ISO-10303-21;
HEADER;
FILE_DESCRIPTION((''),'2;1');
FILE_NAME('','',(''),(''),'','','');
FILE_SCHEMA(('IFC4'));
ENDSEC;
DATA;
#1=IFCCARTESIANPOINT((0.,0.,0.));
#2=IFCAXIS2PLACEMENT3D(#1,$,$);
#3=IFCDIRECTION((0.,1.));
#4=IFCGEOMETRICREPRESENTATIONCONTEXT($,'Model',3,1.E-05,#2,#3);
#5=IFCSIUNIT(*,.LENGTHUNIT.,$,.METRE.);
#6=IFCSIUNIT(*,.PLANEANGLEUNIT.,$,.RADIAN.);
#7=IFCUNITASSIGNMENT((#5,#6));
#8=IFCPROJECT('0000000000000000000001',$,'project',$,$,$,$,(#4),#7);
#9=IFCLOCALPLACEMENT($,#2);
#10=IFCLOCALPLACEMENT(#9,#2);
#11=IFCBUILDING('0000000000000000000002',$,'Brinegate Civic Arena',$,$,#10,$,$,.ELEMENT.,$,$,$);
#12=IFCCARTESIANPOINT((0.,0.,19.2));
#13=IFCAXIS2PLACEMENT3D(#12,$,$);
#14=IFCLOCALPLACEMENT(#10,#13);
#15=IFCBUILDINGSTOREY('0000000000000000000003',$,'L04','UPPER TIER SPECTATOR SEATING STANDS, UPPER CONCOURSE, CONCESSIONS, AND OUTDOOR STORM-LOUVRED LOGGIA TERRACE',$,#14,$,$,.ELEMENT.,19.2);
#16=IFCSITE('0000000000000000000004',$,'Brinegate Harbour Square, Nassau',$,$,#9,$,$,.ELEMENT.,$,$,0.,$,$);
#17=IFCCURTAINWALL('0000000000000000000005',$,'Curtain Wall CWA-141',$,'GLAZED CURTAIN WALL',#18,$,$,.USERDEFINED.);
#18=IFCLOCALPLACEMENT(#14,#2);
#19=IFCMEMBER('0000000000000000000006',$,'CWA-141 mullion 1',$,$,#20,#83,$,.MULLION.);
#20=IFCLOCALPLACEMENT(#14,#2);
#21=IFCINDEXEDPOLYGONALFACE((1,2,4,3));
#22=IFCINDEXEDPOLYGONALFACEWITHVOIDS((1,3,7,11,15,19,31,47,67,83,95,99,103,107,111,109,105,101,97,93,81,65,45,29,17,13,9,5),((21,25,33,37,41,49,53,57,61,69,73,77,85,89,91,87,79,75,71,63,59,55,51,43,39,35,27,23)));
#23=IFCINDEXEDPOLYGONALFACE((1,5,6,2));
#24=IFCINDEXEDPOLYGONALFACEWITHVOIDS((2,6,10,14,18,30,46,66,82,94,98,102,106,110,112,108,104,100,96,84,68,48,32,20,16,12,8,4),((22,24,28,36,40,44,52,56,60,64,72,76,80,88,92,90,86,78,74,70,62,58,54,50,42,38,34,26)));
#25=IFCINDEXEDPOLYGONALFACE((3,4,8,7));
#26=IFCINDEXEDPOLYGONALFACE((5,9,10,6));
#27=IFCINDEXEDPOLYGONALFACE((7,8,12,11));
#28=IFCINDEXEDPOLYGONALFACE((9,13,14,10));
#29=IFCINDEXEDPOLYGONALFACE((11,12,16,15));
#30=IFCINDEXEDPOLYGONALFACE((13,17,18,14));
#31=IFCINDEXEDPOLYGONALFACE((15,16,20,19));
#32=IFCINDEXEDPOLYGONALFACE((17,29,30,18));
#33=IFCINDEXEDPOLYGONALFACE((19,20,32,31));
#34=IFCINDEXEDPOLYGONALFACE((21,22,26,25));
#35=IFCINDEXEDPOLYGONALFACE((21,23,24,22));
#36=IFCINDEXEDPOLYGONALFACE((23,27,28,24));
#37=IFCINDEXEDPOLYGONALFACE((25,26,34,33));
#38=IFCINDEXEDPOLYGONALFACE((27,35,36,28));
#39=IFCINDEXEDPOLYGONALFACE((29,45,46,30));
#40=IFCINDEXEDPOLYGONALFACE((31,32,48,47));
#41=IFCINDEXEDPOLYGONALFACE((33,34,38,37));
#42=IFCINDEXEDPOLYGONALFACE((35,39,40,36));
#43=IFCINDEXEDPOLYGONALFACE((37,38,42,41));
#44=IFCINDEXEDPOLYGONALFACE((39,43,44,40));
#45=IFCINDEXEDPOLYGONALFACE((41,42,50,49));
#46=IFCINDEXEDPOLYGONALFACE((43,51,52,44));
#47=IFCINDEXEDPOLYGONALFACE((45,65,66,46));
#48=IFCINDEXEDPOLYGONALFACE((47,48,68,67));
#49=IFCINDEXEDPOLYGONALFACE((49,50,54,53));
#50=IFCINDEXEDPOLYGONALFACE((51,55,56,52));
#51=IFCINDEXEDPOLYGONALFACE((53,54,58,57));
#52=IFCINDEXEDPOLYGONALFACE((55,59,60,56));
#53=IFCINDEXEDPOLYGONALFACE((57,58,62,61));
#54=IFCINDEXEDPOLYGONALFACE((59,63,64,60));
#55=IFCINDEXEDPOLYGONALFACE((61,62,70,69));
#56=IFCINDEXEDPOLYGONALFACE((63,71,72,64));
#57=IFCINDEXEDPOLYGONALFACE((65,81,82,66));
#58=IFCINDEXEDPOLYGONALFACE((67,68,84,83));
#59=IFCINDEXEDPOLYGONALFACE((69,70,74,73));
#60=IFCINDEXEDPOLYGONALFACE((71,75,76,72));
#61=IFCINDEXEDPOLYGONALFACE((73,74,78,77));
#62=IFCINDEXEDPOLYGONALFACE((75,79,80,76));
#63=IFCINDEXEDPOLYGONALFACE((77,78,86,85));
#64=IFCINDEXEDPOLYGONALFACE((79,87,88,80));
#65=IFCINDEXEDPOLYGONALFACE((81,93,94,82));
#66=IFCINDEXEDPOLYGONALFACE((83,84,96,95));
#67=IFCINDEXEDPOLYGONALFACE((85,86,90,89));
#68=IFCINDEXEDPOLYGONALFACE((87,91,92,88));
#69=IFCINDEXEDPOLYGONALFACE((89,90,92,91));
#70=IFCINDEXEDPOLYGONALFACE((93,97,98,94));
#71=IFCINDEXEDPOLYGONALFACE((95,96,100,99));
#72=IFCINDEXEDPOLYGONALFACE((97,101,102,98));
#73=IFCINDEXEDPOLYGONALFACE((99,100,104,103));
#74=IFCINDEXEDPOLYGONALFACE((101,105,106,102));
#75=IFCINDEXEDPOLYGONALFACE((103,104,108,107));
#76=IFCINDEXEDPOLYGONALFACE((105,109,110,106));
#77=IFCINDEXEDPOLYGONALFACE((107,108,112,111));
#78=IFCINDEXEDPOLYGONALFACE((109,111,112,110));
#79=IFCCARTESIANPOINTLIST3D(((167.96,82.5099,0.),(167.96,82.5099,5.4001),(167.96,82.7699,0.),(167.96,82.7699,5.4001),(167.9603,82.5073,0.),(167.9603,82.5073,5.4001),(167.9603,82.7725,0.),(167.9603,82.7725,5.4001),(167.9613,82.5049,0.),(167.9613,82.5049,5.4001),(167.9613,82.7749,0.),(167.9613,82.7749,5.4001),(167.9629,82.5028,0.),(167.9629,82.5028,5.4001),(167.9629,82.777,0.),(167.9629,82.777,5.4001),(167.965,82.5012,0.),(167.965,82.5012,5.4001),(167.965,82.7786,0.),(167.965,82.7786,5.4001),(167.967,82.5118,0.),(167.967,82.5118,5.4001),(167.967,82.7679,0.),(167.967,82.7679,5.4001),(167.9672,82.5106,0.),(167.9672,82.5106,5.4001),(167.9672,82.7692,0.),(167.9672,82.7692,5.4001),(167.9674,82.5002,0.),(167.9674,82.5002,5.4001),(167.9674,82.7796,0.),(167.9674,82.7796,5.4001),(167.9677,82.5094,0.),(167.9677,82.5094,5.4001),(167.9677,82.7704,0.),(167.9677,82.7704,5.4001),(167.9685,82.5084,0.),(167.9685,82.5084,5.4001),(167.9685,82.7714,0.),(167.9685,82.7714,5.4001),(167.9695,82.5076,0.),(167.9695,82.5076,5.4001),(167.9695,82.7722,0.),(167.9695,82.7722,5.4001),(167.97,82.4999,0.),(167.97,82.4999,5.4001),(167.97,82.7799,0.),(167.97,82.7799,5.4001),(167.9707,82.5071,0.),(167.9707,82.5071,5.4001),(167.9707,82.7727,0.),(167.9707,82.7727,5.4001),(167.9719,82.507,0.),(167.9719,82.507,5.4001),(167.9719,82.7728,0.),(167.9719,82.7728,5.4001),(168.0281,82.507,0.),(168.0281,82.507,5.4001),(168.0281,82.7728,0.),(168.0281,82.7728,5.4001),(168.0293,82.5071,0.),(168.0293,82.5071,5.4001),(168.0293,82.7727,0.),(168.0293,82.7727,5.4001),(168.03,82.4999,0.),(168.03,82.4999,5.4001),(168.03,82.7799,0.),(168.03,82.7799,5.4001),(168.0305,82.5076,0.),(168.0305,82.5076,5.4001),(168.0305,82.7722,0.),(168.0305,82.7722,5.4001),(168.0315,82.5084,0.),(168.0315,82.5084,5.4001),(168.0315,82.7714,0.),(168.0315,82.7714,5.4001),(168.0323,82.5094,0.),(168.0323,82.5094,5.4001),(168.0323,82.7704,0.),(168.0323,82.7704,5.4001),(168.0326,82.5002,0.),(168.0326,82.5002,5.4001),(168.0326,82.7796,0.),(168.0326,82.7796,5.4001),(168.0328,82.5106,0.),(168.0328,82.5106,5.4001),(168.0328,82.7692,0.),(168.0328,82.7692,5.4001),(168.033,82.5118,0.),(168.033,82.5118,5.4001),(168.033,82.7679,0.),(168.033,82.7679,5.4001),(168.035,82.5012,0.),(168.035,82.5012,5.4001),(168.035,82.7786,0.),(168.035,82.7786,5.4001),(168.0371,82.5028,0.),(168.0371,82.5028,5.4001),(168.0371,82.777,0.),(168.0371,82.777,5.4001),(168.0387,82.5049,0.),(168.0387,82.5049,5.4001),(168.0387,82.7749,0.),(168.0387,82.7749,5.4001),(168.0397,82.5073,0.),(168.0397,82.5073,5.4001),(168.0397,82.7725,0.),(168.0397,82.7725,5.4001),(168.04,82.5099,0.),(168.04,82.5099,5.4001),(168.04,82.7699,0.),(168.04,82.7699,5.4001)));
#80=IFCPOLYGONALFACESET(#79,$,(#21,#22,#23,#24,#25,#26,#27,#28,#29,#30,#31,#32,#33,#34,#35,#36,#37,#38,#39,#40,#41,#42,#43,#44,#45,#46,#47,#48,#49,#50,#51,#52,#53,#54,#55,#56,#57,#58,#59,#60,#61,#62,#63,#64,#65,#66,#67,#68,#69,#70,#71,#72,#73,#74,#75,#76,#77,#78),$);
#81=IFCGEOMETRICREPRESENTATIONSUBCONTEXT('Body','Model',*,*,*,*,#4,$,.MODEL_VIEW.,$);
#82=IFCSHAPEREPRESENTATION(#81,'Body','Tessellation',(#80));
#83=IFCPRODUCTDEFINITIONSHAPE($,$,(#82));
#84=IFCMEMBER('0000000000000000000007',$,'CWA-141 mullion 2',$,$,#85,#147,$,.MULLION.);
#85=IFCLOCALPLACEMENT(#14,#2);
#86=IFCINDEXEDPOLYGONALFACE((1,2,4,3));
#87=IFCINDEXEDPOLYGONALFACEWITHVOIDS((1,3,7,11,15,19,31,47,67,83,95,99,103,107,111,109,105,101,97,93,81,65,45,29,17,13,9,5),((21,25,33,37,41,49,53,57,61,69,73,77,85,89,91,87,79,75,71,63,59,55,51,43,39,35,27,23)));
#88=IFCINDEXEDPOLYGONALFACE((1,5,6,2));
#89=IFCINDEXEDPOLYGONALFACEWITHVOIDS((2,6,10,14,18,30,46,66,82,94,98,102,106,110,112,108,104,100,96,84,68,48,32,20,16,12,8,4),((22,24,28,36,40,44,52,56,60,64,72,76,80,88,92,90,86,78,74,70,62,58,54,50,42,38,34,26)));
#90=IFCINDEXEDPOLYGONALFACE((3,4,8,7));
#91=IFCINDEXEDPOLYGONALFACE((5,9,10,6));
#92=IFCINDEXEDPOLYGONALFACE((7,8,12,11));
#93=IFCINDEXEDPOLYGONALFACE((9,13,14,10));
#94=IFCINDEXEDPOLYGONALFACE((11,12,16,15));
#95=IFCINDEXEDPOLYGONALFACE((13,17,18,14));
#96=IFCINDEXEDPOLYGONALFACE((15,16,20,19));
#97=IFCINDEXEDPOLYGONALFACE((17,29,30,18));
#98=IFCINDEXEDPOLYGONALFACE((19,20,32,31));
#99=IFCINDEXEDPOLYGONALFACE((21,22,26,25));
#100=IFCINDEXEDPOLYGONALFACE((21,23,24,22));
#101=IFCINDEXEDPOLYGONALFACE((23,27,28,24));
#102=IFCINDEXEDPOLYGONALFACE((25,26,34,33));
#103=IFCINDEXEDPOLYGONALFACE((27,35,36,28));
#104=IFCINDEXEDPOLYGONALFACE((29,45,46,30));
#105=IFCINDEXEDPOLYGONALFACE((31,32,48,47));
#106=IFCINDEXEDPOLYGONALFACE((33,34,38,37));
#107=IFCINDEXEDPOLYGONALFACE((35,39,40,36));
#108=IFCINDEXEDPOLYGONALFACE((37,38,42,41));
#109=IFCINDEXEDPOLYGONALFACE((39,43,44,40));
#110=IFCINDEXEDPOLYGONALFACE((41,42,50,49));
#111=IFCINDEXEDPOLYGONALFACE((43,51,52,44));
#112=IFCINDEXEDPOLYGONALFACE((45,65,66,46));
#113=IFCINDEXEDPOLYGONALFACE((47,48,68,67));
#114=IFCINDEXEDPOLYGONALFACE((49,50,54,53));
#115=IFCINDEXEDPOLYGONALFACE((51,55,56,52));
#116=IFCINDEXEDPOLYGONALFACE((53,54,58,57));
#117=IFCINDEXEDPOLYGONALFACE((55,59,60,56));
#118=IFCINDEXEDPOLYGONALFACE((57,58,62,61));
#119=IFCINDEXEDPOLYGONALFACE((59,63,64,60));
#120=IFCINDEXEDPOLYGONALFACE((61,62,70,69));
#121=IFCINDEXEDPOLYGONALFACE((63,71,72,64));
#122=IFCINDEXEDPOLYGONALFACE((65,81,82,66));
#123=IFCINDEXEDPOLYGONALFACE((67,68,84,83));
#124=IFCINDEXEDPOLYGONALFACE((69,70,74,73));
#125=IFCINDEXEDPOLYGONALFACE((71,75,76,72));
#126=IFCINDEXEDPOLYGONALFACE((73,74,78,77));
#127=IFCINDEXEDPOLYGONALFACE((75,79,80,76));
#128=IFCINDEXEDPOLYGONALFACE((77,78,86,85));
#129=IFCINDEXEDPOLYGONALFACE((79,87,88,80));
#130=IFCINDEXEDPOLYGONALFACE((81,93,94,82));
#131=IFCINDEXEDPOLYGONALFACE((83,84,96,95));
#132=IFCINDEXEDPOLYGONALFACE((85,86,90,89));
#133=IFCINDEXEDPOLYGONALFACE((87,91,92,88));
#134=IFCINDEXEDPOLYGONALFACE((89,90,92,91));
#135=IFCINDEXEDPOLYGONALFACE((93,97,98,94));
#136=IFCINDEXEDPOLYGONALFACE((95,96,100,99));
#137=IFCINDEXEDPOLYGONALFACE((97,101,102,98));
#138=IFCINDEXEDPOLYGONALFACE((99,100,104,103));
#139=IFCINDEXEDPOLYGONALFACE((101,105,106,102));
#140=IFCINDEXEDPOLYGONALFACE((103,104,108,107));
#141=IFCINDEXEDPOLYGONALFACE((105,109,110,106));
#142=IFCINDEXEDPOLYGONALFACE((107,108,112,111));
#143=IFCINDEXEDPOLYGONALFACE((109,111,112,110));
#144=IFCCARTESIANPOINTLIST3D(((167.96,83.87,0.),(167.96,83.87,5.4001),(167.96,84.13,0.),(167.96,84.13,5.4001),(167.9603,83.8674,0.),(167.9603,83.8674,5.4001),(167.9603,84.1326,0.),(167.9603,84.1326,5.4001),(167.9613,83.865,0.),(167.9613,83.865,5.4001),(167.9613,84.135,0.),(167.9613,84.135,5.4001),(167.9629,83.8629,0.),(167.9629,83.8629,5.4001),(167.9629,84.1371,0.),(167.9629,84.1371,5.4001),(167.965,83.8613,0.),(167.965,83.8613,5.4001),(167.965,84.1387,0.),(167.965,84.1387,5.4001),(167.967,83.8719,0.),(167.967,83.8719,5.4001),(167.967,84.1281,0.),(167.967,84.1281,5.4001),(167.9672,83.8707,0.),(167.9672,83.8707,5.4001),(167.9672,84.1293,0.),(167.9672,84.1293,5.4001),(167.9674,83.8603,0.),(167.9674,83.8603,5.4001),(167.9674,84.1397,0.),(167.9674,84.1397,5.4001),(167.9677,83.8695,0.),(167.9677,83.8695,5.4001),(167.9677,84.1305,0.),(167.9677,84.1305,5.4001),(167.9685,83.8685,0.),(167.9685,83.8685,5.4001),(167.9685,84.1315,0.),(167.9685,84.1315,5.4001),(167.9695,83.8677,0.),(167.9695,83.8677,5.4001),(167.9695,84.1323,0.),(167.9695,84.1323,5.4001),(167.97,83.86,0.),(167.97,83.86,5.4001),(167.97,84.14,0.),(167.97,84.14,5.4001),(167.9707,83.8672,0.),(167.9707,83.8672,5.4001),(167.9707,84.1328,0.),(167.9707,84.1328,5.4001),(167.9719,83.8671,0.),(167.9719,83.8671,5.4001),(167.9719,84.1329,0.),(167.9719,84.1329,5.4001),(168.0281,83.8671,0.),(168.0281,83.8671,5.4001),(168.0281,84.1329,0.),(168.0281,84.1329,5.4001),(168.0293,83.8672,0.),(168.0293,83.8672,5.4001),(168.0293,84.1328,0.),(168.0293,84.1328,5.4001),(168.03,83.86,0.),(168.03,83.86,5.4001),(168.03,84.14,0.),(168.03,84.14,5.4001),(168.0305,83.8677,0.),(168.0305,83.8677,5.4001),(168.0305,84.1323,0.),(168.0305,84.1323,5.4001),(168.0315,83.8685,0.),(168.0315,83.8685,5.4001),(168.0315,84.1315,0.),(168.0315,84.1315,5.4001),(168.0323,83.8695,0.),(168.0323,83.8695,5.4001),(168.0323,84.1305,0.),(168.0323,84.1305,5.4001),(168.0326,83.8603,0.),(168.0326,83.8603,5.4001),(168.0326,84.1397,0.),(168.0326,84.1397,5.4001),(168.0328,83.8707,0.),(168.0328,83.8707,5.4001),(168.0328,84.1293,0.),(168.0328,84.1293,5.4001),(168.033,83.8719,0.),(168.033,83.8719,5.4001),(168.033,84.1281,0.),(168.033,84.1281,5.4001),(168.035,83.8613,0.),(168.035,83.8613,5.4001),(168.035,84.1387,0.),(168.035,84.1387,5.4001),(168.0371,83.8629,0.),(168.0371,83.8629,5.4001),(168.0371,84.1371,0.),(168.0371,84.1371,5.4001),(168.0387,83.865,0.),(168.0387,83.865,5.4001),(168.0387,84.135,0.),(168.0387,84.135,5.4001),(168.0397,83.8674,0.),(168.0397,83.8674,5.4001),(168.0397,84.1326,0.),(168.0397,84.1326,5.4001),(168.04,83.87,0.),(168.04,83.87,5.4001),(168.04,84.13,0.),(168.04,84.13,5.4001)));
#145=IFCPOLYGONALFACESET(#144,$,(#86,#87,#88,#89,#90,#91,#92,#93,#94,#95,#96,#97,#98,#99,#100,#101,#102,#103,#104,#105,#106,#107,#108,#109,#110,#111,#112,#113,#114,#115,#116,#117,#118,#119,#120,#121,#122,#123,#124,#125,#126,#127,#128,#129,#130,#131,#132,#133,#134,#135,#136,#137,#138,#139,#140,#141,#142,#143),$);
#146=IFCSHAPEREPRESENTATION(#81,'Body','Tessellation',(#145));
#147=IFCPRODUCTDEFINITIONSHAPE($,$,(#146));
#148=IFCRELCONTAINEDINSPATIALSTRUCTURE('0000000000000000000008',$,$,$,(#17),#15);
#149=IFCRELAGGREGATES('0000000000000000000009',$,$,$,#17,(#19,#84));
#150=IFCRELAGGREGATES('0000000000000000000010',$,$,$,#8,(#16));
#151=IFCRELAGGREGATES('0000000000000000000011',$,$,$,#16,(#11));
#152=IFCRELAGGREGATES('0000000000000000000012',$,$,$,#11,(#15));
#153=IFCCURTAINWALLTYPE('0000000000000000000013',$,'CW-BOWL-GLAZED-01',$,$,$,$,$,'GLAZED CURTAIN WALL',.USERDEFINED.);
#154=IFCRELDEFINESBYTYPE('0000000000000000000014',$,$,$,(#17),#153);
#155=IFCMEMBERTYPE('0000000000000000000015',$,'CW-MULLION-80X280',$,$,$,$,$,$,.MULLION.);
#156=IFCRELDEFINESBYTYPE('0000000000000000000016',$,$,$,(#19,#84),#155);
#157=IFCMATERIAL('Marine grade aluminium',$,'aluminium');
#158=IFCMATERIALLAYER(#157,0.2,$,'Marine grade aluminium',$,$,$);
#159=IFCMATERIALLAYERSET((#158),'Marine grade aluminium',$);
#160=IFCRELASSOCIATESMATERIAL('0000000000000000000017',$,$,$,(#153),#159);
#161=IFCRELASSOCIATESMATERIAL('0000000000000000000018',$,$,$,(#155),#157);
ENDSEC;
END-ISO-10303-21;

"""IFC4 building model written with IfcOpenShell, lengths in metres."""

from ifc_helpers import new_model, si_unit, direction, frame, origin, origin_2d, place, context, subcontext, project, spatial, hollow_rectangle, extrude, material, layer, layer_set, material_profile, profile_set, type_object, element, aggregate, save


model = new_model("IFC4")

# Units and contexts
model_context = context("Model", 3, precision=1e-05, world=origin(), true_north=direction((0.0, 1.0)))
body_context = subcontext(model_context, "Body", "Model", "MODEL_VIEW")
ifc_project = project(units=[si_unit("LENGTHUNIT", "METRE"), si_unit("PLANEANGLEUNIT", "RADIAN")], contexts=[model_context])

# Site, building, storey
site_placement = place(None, origin())
site = spatial("IfcSite", under=ifc_project, at=site_placement, Name="Brinegate Harbour Square, Nassau", CompositionType="ELEMENT", RefElevation=0.0)
building_placement = place(site_placement, origin())
building = spatial("IfcBuilding", under=site, at=building_placement, Name="Brinegate Civic Arena", CompositionType="ELEMENT")
storey_placement = place(building_placement, frame((0.0, 0.0, 19.2)))
storey = spatial("IfcBuildingStorey", under=building, at=storey_placement, Name="L04", Description="UPPER TIER SPECTATOR SEATING STANDS, UPPER CONCOURSE, CONCESSIONS, AND OUTDOOR STORM-LOUVRED LOGGIA TERRACE", CompositionType="ELEMENT", Elevation=19.2)

# Curtain wall, members
ifc_material_1 = material(Name="Marine grade aluminium", Category="aluminium")
ifc_layer_1 = layer(ifc_material_1, 0.2, Name="Marine grade aluminium")
ifc_layer_set_1 = layer_set([ifc_layer_1], Name="Marine grade aluminium")
curtain_wall_type = type_object("IfcCurtainWallType", Name="CW-BOWL-GLAZED-01", ElementType="GLAZED CURTAIN WALL", PredefinedType="USERDEFINED", material=ifc_layer_set_1)
curtain_wall_placement = place(storey_placement, origin())
curtain_wall = element("IfcCurtainWall", 1, at=curtain_wall_placement, inside=storey, type_object=curtain_wall_type, Name="Curtain Wall CWA-141", ObjectType="GLAZED CURTAIN WALL", PredefinedType="USERDEFINED")
ifc_material_profile_1 = material_profile(ifc_material_1, hollow_rectangle(XDim=0.0801, YDim=0.28, WallThickness=0.0071, InnerFilletRadius=0.0049, OuterFilletRadius=0.01, at=origin_2d()), Name="MUL80X280")
ifc_profile_set_1 = profile_set([ifc_material_profile_1], Name="Marine grade aluminium")
member_type_1 = type_object("IfcMemberType", Name="CW-MULLION-80X280", PredefinedType="MULLION", material=ifc_profile_set_1)
member_1_placement = place(storey_placement, frame((168.0, 82.6399, 0.0), z_axis=(0.0, 0.0, 1.0), x_axis=(-1.0, 0.0, 0.0)))
member_1 = element("IfcMember", 2, at=member_1_placement, type_object=member_type_1, Name="CWA-141 mullion 1", PredefinedType="MULLION", context=body_context, shape_type="SweptSolid", body=[
    extrude(hollow_rectangle(XDim=0.0801, YDim=0.28, WallThickness=0.0071, InnerFilletRadius=0.0049, OuterFilletRadius=0.01, at=origin_2d()), origin(), (0.0, 0.0, 1.0), 5.4001),
])
member_2_placement = place(storey_placement, frame((168.0, 84.0, 0.0), z_axis=(0.0, 0.0, 1.0), x_axis=(-1.0, 0.0, 0.0)))
member_2 = element("IfcMember", 3, at=member_2_placement, type_object=member_type_1, Name="CWA-141 mullion 2", PredefinedType="MULLION", context=body_context, shape_type="SweptSolid", body=[
    extrude(hollow_rectangle(XDim=0.0801, YDim=0.28, WallThickness=0.0071, InnerFilletRadius=0.0049, OuterFilletRadius=0.01, at=origin_2d()), origin(), (0.0, 0.0, 1.0), 5.4001),
])

aggregate(curtain_wall, [member_1, member_2])

save(model, "model.ifc")
